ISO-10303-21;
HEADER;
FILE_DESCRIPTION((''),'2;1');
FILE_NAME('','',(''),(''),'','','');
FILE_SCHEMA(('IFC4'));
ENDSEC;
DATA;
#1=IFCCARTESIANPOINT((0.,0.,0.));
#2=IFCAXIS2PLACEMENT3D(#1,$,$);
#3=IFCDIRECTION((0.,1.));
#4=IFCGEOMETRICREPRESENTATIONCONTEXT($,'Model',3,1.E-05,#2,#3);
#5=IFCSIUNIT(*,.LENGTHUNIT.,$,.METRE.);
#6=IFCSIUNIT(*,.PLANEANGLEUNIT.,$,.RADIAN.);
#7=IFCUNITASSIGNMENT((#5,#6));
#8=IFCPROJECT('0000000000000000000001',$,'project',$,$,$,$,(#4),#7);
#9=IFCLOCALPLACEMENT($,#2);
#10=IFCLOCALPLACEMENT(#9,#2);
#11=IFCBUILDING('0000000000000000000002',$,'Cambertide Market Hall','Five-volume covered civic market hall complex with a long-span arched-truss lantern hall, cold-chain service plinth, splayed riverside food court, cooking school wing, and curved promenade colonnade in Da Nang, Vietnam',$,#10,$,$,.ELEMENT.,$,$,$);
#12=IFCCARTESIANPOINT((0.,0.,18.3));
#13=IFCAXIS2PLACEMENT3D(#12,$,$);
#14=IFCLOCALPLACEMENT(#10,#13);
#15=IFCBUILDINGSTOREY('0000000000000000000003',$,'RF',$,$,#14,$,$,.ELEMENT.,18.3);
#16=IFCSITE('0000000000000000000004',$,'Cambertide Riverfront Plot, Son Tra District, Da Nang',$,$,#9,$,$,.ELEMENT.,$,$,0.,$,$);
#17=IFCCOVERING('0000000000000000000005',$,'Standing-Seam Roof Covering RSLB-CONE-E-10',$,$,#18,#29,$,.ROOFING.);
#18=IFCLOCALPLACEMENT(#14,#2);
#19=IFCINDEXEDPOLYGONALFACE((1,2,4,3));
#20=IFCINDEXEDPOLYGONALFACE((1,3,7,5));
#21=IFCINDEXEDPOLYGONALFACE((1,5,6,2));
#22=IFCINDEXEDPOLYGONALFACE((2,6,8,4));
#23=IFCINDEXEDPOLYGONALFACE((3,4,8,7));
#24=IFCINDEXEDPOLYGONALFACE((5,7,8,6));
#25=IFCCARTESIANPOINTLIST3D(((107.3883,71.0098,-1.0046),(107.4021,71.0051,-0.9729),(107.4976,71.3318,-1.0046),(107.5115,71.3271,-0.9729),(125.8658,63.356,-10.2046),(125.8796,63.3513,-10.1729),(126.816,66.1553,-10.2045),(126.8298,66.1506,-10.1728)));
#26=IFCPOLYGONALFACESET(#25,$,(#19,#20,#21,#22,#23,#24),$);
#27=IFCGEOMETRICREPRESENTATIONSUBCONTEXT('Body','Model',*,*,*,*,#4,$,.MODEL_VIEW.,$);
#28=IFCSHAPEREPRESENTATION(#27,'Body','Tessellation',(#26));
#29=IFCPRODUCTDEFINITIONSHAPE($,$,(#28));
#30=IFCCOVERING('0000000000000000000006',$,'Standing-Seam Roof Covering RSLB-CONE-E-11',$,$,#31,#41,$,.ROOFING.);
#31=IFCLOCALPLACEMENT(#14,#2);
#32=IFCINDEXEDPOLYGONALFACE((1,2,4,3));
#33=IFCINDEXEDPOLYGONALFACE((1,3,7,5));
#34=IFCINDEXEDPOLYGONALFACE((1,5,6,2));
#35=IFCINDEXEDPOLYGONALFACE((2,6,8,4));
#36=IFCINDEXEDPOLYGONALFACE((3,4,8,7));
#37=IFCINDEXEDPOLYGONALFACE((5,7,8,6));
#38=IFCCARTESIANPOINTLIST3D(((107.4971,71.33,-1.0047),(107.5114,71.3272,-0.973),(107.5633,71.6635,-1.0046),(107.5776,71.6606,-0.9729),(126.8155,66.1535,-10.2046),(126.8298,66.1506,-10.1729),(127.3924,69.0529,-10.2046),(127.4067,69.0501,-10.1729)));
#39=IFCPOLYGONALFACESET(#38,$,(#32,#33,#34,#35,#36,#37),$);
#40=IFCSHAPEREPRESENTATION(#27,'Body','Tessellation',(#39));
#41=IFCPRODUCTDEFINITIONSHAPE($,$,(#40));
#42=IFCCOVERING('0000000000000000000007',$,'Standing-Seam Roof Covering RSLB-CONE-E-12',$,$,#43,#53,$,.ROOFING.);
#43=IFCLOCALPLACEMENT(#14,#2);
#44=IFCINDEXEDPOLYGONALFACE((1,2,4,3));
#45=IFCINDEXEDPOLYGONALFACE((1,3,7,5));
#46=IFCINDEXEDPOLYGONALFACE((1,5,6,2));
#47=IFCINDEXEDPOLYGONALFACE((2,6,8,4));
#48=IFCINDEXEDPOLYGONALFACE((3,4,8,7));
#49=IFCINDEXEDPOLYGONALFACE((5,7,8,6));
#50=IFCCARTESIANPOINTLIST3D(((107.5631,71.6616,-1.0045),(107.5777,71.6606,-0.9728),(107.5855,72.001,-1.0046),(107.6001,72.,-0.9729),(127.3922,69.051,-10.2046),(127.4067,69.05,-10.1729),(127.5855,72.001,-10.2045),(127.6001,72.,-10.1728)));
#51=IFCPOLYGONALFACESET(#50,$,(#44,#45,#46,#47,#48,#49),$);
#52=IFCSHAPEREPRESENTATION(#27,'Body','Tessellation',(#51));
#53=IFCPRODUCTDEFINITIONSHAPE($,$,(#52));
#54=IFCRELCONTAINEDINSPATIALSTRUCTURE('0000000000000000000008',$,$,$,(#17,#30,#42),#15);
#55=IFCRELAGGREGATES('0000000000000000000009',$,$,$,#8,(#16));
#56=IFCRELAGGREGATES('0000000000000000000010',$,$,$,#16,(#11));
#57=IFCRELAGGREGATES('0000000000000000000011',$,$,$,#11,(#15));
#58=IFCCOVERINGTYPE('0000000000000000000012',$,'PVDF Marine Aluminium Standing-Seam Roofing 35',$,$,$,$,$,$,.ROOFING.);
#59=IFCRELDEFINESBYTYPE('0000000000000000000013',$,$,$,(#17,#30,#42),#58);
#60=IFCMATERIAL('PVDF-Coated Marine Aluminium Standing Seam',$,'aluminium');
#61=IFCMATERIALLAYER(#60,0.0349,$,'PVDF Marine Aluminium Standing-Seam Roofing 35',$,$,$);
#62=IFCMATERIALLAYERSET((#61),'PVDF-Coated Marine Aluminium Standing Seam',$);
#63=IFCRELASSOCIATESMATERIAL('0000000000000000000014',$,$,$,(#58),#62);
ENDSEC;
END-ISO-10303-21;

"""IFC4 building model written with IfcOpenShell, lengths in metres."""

from ifc_helpers import new_model, si_unit, direction, frame, origin, place, context, subcontext, project, spatial, polyline, outline, extrude, material, layer, layer_set, type_object, element, save


model = new_model("IFC4")

# Units and contexts
model_context = context("Model", 3, precision=1e-05, world=origin(), true_north=direction((0.0, 1.0)))
body_context = subcontext(model_context, "Body", "Model", "MODEL_VIEW")
ifc_project = project(units=[si_unit("LENGTHUNIT", "METRE"), si_unit("PLANEANGLEUNIT", "RADIAN")], contexts=[model_context])

# Site, building, storey
site_placement = place(None, origin())
site = spatial("IfcSite", under=ifc_project, at=site_placement, Name="Cambertide Riverfront Plot, Son Tra District, Da Nang", CompositionType="ELEMENT", RefElevation=0.0)
building_placement = place(site_placement, origin())
building = spatial("IfcBuilding", under=site, at=building_placement, Name="Cambertide Market Hall", Description="Five-volume covered civic market hall complex with a long-span arched-truss lantern hall, cold-chain service plinth, splayed riverside food court, cooking school wing, and curved promenade colonnade in Da Nang, Vietnam", CompositionType="ELEMENT")
storey_placement = place(building_placement, frame((0.0, 0.0, 18.3)))
storey = spatial("IfcBuildingStorey", under=building, at=storey_placement, Name="RF", CompositionType="ELEMENT", Elevation=18.3)

# Coverings
ifc_material_1 = material(Name="PVDF-Coated Marine Aluminium Standing Seam", Category="aluminium")
ifc_layer_1 = layer(ifc_material_1, 0.0349, Name="PVDF Marine Aluminium Standing-Seam Roofing 35")
ifc_layer_set_1 = layer_set([ifc_layer_1], Name="PVDF-Coated Marine Aluminium Standing Seam")
covering_type = type_object("IfcCoveringType", Name="PVDF Marine Aluminium Standing-Seam Roofing 35", PredefinedType="ROOFING", material=ifc_layer_set_1)
covering_1_placement = place(storey_placement, frame((125.8796, 63.3513, -10.1729), z_axis=(0.396426, -0.134571, 0.90815), x_axis=(0.321429, 0.946934, 0.000007)))
element("IfcCovering", 1, at=covering_1_placement, inside=storey, type_object=covering_type, Name="Standing-Seam Roof Covering RSLB-CONE-E-10", PredefinedType="ROOFING", context=body_context, shape_type="SweptSolid", body=[
    extrude(outline(polyline([(0.0, 0.0), (2.9562, 0.0), (1.6486, 21.9755), (1.3085, 21.9756), (0.0, 0.0)])), origin(), (0.0, 0.0, -1.0), 0.0349),
])
covering_2_placement = place(storey_placement, frame((126.8298, 66.1506, -10.1729), z_axis=(0.410599, -0.081673, 0.908151), x_axis=(0.195137, 0.980776, -0.000022)))
element("IfcCovering", 2, at=covering_2_placement, inside=storey, type_object=covering_type, Name="Standing-Seam Roof Covering RSLB-CONE-E-11", PredefinedType="ROOFING", context=body_context, shape_type="SweptSolid", body=[
    extrude(outline(polyline([(0.0, 0.0), (2.9563, 0.0), (1.6471, 21.9758), (1.3071, 21.9756), (0.0, 0.0)])), origin(), (0.0, 0.0, -1.0), 0.0349),
])
covering_3_placement = place(storey_placement, frame((127.4067, 69.05, -10.1729), z_axis=(0.417743, -0.027409, 0.908152), x_axis=(0.065418, 0.997858, 0.000025)))
element("IfcCovering", 3, at=covering_3_placement, inside=storey, type_object=covering_type, Name="Standing-Seam Roof Covering RSLB-CONE-E-12", PredefinedType="ROOFING", context=body_context, shape_type="SweptSolid", body=[
    extrude(outline(polyline([(0.0, 0.0), (2.9563, 0.0), (1.6482, 21.9756), (1.3081, 21.9758), (0.0, 0.0)])), origin(), (0.0, 0.0, -1.0), 0.0349),
])

save(model, "model.ifc")
